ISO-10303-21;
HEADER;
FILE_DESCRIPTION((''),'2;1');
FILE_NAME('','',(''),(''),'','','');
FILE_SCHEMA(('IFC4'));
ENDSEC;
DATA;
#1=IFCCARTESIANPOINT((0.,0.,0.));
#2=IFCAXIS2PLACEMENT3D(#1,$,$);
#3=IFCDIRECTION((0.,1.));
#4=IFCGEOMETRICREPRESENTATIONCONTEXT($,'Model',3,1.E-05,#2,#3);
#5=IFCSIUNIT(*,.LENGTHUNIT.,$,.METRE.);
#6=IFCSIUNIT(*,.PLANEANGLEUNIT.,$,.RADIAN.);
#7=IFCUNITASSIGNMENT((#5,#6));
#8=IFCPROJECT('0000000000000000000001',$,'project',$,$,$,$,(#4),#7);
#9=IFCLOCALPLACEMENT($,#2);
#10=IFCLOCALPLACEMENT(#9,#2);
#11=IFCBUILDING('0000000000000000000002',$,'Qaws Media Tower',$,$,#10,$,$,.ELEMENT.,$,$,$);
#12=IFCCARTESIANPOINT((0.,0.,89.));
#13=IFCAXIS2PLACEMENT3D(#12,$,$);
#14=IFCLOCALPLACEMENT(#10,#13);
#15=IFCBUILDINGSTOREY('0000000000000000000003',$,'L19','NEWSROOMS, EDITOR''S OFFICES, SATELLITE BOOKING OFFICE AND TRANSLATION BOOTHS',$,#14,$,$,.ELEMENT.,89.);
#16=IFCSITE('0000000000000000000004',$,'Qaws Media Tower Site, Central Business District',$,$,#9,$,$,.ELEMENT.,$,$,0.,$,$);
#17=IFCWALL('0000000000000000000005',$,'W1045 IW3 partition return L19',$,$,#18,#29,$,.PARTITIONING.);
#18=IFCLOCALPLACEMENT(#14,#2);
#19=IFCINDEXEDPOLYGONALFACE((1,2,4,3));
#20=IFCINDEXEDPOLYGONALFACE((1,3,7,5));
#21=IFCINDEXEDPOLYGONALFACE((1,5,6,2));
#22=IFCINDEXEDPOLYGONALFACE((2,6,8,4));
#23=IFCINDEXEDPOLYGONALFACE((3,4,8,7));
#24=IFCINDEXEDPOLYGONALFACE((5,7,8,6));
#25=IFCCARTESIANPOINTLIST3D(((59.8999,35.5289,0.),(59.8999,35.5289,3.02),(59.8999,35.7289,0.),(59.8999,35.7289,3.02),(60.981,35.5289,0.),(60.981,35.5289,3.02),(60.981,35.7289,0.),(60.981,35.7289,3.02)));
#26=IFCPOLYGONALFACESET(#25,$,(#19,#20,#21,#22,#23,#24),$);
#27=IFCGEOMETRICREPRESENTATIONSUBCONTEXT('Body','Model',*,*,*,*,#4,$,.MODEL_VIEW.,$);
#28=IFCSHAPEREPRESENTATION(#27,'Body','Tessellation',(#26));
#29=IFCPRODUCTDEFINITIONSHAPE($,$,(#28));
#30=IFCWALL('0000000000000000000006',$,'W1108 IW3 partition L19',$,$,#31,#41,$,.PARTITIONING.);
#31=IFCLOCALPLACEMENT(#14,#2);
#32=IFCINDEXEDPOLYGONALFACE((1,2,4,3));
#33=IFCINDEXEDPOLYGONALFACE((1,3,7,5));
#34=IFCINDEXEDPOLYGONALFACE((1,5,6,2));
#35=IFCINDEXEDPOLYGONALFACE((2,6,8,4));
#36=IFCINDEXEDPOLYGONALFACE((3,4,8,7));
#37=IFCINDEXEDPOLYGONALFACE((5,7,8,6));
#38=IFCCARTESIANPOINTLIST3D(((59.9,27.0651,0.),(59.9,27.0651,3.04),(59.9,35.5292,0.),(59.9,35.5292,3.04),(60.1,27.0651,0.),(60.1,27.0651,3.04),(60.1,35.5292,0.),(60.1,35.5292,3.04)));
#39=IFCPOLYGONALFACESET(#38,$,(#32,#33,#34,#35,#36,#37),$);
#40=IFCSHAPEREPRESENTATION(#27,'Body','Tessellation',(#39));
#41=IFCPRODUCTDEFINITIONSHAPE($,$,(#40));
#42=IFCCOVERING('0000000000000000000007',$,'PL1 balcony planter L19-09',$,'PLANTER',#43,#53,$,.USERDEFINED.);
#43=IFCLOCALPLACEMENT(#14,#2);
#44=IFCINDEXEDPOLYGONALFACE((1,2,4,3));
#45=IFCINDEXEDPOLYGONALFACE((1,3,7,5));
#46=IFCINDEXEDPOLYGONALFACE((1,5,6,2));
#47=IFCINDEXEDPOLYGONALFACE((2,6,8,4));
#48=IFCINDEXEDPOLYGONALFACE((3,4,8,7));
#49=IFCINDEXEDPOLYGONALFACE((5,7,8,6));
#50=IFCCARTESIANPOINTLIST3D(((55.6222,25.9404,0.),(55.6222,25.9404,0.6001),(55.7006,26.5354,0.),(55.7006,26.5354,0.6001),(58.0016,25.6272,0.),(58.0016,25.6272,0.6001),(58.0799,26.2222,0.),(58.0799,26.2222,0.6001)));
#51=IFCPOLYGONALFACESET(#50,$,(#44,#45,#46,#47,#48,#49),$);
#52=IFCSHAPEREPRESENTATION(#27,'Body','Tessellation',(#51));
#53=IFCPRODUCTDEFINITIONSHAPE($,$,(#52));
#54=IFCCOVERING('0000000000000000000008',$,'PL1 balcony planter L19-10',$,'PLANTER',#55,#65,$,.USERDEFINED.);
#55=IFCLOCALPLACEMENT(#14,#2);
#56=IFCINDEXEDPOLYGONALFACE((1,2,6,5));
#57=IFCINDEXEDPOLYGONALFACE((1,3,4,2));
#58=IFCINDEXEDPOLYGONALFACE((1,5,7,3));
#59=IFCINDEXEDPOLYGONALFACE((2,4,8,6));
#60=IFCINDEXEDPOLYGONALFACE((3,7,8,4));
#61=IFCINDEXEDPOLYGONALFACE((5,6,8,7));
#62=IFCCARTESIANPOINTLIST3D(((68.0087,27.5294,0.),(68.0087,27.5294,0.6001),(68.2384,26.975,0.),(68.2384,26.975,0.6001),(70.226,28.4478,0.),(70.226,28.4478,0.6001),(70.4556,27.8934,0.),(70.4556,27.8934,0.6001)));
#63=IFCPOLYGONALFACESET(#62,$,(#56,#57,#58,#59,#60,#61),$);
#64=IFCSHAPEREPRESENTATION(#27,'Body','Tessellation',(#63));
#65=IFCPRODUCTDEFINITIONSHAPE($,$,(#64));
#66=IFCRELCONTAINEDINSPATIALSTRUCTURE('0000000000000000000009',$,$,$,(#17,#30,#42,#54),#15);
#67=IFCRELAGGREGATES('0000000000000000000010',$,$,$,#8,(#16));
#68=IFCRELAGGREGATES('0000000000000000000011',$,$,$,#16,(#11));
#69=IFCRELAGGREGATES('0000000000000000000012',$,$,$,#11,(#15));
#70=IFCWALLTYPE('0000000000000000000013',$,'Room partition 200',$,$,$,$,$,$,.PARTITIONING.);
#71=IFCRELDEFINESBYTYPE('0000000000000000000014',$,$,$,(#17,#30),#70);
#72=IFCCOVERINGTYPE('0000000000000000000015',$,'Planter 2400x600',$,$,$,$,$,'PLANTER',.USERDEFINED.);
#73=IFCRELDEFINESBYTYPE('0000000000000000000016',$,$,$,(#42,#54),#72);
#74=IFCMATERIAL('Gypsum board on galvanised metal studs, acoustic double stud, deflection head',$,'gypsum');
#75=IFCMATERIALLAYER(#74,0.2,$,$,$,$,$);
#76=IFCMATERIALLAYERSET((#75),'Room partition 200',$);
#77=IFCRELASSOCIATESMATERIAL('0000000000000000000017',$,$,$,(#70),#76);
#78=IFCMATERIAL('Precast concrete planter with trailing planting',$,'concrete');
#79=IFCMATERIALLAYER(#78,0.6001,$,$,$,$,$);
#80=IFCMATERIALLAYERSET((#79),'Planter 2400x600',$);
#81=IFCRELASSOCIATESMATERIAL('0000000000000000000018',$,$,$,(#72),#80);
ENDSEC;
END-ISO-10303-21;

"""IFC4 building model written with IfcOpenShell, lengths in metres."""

from ifc_helpers import new_model, si_unit, direction, frame, frame_2d, origin, origin_2d, place, context, subcontext, project, spatial, rectangle, extrude, material, layer, layer_set, type_object, element, save


model = new_model("IFC4")

# Units and contexts
model_context = context("Model", 3, precision=1e-05, world=origin(), true_north=direction((0.0, 1.0)))
body_context = subcontext(model_context, "Body", "Model", "MODEL_VIEW")
ifc_project = project(units=[si_unit("LENGTHUNIT", "METRE"), si_unit("PLANEANGLEUNIT", "RADIAN")], contexts=[model_context])

# Site, building, storey
site_placement = place(None, origin())
site = spatial("IfcSite", under=ifc_project, at=site_placement, Name="Qaws Media Tower Site, Central Business District", CompositionType="ELEMENT", RefElevation=0.0)
building_placement = place(site_placement, origin())
building = spatial("IfcBuilding", under=site, at=building_placement, Name="Qaws Media Tower", CompositionType="ELEMENT")
storey_placement = place(building_placement, frame((0.0, 0.0, 89.0)))
storey = spatial("IfcBuildingStorey", under=building, at=storey_placement, Name="L19", Description="NEWSROOMS, EDITOR'S OFFICES, SATELLITE BOOKING OFFICE AND TRANSLATION BOOTHS", CompositionType="ELEMENT", Elevation=89.0)

# Walls
ifc_material_1 = material(Name="Gypsum board on galvanised metal studs, acoustic double stud, deflection head", Category="gypsum")
ifc_layer_1 = layer(ifc_material_1, 0.2)
ifc_layer_set_1 = layer_set([ifc_layer_1], Name="Room partition 200")
wall_type_1 = type_object("IfcWallType", Name="Room partition 200", PredefinedType="PARTITIONING", material=ifc_layer_set_1)
wall_1_placement = place(storey_placement, frame((59.8999, 35.6289, 0.0), z_axis=(0.0, 0.0, 1.0), x_axis=(1.0, 0.0, 0.0)))
element("IfcWall", 1, at=wall_1_placement, inside=storey, type_object=wall_type_1, Name="W1045 IW3 partition return L19", PredefinedType="PARTITIONING", context=body_context, shape_type="SweptSolid", body=[
    extrude(rectangle(XDim=1.0811, YDim=0.2, at=frame_2d((0.5405, 0.0))), origin(), (0.0, 0.0, 1.0), 3.02),
])
wall_2_placement = place(storey_placement, frame((60.0, 35.5291, 0.0), z_axis=(0.0, 0.0, 1.0), x_axis=(0.0, -1.0, 0.0)))
element("IfcWall", 2, at=wall_2_placement, inside=storey, type_object=wall_type_1, Name="W1108 IW3 partition L19", PredefinedType="PARTITIONING", context=body_context, shape_type="SweptSolid", body=[
    extrude(rectangle(XDim=8.4641, YDim=0.2, at=frame_2d((4.2319, 0.0))), origin(), (0.0, 0.0, 1.0), 3.04),
])

# Coverings
ifc_material_2 = material(Name="Precast concrete planter with trailing planting", Category="concrete")
ifc_layer_2 = layer(ifc_material_2, 0.6001)
ifc_layer_set_2 = layer_set([ifc_layer_2], Name="Planter 2400x600")
covering_type = type_object("IfcCoveringType", Name="Planter 2400x600", ElementType="PLANTER", PredefinedType="USERDEFINED", material=ifc_layer_set_2)
for number, where, z_axis, x_axis, name in (
    (3, (56.8511, 26.0813, 0.0), (0.0, 0.0, 1.0), (0.991445, -0.130526, 0.0), "PL1 balcony planter L19-09"),
    (4, (69.2322, 27.7114, 0.0), (0.0, 0.0, 1.0), (0.92388, 0.382683, 0.0), "PL1 balcony planter L19-10"),
):
    element("IfcCovering", number, at=place(storey_placement, frame(where, z_axis=z_axis, x_axis=x_axis)), inside=storey, type_object=covering_type, Name=name, ObjectType="PLANTER", PredefinedType="USERDEFINED", context=body_context, shape_type="SweptSolid", body=[
        extrude(rectangle(XDim=2.3999, YDim=0.6001, at=origin_2d()), origin(), (0.0, 0.0, 1.0), 0.6001),
    ])

save(model, "model.ifc")
